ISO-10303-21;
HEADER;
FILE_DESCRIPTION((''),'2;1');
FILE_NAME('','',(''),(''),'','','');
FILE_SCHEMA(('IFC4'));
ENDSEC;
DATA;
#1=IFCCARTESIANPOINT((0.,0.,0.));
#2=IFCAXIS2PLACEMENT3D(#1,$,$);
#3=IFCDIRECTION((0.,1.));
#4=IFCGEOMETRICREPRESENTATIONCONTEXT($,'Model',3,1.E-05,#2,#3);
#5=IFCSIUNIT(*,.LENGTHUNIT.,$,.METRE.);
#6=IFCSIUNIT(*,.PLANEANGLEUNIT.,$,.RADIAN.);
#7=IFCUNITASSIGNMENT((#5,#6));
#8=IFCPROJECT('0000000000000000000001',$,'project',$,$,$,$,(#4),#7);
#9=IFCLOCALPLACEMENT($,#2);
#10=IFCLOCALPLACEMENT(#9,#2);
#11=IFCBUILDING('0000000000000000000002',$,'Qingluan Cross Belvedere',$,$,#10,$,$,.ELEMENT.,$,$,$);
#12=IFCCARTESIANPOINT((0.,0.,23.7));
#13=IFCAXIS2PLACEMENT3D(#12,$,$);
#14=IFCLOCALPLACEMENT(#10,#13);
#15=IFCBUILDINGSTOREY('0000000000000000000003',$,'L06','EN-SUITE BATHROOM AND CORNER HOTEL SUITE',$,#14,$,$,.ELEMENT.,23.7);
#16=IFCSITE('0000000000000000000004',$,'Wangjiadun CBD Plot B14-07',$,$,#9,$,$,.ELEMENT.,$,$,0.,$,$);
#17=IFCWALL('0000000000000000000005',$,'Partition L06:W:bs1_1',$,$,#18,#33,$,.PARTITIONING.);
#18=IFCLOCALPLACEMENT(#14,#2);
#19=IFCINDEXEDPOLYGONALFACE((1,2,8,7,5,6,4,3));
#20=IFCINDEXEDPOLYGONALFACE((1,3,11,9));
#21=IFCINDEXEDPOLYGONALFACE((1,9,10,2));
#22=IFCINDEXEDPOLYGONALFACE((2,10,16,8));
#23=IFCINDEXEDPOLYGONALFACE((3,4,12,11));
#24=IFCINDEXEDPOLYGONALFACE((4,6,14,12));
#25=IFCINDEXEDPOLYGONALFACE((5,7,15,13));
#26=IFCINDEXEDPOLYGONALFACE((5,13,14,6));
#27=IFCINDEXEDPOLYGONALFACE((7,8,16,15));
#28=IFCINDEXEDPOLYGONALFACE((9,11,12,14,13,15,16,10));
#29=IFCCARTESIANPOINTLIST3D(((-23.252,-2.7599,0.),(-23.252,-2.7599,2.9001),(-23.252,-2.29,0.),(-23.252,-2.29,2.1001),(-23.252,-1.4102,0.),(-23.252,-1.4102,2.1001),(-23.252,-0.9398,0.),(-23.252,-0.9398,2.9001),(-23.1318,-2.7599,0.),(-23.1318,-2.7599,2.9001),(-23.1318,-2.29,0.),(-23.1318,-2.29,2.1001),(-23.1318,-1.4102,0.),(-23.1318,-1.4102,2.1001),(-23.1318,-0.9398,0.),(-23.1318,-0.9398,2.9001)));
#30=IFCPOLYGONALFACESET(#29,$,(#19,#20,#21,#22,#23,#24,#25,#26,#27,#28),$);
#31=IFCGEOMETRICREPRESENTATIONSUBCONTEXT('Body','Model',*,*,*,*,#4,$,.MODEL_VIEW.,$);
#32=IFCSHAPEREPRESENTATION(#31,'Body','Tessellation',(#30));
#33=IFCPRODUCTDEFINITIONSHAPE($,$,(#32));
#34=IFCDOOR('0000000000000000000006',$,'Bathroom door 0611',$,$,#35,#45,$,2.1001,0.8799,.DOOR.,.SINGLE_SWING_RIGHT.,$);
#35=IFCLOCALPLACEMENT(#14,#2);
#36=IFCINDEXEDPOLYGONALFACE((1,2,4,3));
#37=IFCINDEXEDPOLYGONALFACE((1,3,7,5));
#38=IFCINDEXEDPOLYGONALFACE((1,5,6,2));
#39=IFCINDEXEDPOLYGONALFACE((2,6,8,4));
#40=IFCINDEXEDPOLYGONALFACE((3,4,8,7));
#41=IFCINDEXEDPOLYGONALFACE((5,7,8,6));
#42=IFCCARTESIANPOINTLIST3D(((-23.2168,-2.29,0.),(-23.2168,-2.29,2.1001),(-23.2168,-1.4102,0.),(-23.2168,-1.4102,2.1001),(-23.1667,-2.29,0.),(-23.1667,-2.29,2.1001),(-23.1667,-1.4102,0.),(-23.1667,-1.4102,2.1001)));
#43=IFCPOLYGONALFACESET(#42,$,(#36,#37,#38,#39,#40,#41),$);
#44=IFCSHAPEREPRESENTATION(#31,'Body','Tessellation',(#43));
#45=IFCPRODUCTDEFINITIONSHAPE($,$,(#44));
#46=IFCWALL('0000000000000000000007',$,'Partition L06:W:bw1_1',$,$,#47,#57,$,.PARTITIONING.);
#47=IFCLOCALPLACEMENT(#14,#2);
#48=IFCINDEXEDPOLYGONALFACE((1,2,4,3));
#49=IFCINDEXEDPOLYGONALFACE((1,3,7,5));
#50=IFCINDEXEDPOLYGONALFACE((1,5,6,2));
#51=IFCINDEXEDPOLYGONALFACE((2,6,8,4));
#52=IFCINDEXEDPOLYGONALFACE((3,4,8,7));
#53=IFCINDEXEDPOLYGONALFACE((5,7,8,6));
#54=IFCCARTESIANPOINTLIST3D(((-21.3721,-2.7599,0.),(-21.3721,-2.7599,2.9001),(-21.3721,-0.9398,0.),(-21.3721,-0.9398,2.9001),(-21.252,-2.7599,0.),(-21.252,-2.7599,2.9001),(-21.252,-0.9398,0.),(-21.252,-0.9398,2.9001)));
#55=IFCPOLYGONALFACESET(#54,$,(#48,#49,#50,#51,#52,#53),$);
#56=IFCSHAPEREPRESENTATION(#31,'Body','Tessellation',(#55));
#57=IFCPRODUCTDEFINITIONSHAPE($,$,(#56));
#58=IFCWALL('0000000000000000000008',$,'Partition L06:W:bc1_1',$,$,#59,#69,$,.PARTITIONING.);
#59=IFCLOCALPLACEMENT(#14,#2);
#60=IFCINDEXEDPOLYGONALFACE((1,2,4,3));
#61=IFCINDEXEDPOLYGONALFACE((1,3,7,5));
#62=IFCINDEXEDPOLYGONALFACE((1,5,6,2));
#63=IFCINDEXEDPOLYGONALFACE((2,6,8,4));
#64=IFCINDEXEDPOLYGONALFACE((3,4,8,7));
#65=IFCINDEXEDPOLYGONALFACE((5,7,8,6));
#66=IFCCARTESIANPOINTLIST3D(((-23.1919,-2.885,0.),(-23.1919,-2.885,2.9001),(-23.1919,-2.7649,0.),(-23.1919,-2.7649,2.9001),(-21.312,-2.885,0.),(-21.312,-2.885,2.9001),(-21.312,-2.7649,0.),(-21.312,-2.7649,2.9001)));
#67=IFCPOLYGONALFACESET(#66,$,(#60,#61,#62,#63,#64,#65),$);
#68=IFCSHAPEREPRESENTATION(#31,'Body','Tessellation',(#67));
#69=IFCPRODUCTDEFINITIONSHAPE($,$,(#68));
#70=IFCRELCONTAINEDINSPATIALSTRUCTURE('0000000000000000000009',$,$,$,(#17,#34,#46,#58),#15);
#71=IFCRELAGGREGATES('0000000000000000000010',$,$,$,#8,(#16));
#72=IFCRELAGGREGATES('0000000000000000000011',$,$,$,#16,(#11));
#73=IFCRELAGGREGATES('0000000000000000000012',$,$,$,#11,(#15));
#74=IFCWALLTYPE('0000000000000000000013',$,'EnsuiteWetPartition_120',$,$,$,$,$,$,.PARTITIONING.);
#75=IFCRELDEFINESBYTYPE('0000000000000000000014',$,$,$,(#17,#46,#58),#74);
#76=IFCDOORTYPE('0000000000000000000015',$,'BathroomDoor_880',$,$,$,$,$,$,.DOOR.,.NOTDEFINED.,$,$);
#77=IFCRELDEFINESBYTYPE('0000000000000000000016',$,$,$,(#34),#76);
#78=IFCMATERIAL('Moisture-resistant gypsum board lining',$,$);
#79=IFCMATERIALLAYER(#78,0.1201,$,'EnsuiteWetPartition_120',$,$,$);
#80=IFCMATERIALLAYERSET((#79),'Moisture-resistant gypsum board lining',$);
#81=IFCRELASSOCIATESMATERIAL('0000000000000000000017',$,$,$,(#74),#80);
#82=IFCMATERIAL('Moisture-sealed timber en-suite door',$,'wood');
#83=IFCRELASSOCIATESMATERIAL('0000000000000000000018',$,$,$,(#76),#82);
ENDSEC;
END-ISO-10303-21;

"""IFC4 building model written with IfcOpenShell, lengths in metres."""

from ifc_helpers import new_model, si_unit, direction, frame, frame_2d, origin, place, context, subcontext, project, spatial, rectangle, extrude, material, layer, layer_set, type_object, element, fill, save


model = new_model("IFC4")

# Units and contexts
model_context = context("Model", 3, precision=1e-05, world=origin(), true_north=direction((0.0, 1.0)))
body_context = subcontext(model_context, "Body", "Model", "MODEL_VIEW")
ifc_project = project(units=[si_unit("LENGTHUNIT", "METRE"), si_unit("PLANEANGLEUNIT", "RADIAN")], contexts=[model_context])

# Site, building, storey
site_placement = place(None, origin())
site = spatial("IfcSite", under=ifc_project, at=site_placement, Name="Wangjiadun CBD Plot B14-07", CompositionType="ELEMENT", RefElevation=0.0)
building_placement = place(site_placement, origin())
building = spatial("IfcBuilding", under=site, at=building_placement, Name="Qingluan Cross Belvedere", CompositionType="ELEMENT")
storey_placement = place(building_placement, frame((0.0, 0.0, 23.7)))
storey = spatial("IfcBuildingStorey", under=building, at=storey_placement, Name="L06", Description="EN-SUITE BATHROOM AND CORNER HOTEL SUITE", CompositionType="ELEMENT", Elevation=23.7)

# Shared definitions
ifc_material_1 = material(Name="Moisture-resistant gypsum board lining")
ifc_layer_1 = layer(ifc_material_1, 0.1201, Name="EnsuiteWetPartition_120")
ifc_layer_set_1 = layer_set([ifc_layer_1], Name="Moisture-resistant gypsum board lining")
wall_type_1 = type_object("IfcWallType", Name="EnsuiteWetPartition_120", PredefinedType="PARTITIONING", material=ifc_layer_set_1)
ifc_material_2 = material(Name="Moisture-sealed timber en-suite door", Category="wood")
door_type_1 = type_object("IfcDoorType", Name="BathroomDoor_880", OperationType="NOTDEFINED", PredefinedType="DOOR", material=ifc_material_2)

# Wall, opening, door
wall_1_placement = place(storey_placement, frame((-23.1919, -2.76, 0.0), z_axis=(0.0, 0.0, 1.0), x_axis=(0.0, 1.0, 0.0)))
wall_1 = element("IfcWall", 1, at=wall_1_placement, inside=storey, type_object=wall_type_1, Name="Partition L06:W:bs1_1", PredefinedType="PARTITIONING", context=body_context, shape_type="SweptSolid", body=[
    extrude(rectangle(XDim=1.8201, YDim=0.1201, at=frame_2d((0.9102, 0.0))), origin(), (0.0, 0.0, 1.0), 2.9001),
])
opening_1_placement = place(wall_1_placement, frame((0.47, 0.0, 0.0)))
opening_1 = element("IfcOpeningElement", 2, at=opening_1_placement, cuts=wall_1, PredefinedType="OPENING", context=body_context, shape_type="SweptSolid", body=[
    extrude(rectangle(XDim=0.8799, YDim=2.1001, at=frame_2d((0.4399, 1.05))), frame((0.0, 0.0701, 0.0), z_axis=(0.0, -1.0, 0.0), x_axis=(1.0, 0.0, 0.0)), (0.0, 0.0, 1.0), 0.1401),
])
door_1_placement = place(opening_1_placement, origin())
door_1 = element("IfcDoor", 3, at=door_1_placement, inside=storey, type_object=door_type_1, Name="Bathroom door 0611", OperationType="SINGLE_SWING_RIGHT", OverallHeight=2.1001, OverallWidth=0.8799, PredefinedType="DOOR", context=body_context, shape_type="SweptSolid", body=[
    extrude(rectangle(XDim=0.8799, YDim=2.1001, at=frame_2d((0.4399, 1.05))), frame((0.0, 0.0249, 0.0), z_axis=(0.0, -1.0, 0.0), x_axis=(1.0, 0.0, 0.0)), (0.0, 0.0, 1.0), 0.05),
])
fill(opening_1, door_1)

# Walls
wall_2_placement = place(storey_placement, frame((-21.312, -2.76, 0.0), z_axis=(0.0, 0.0, 1.0), x_axis=(0.0, 1.0, 0.0)))
element("IfcWall", 4, at=wall_2_placement, inside=storey, type_object=wall_type_1, Name="Partition L06:W:bw1_1", PredefinedType="PARTITIONING", context=body_context, shape_type="SweptSolid", body=[
    extrude(rectangle(XDim=1.8201, YDim=0.1201, at=frame_2d((0.9102, 0.0))), origin(), (0.0, 0.0, 1.0), 2.9001),
])
wall_3_placement = place(storey_placement, frame((-21.312, -2.825, 0.0), z_axis=(0.0, 0.0, 1.0), x_axis=(-1.0, 0.0, 0.0)))
element("IfcWall", 5, at=wall_3_placement, inside=storey, type_object=wall_type_1, Name="Partition L06:W:bc1_1", PredefinedType="PARTITIONING", context=body_context, shape_type="SweptSolid", body=[
    extrude(rectangle(XDim=1.8799, YDim=0.1201, at=frame_2d((0.9399, 0.0))), origin(), (0.0, 0.0, 1.0), 2.9001),
])

save(model, "model.ifc")
